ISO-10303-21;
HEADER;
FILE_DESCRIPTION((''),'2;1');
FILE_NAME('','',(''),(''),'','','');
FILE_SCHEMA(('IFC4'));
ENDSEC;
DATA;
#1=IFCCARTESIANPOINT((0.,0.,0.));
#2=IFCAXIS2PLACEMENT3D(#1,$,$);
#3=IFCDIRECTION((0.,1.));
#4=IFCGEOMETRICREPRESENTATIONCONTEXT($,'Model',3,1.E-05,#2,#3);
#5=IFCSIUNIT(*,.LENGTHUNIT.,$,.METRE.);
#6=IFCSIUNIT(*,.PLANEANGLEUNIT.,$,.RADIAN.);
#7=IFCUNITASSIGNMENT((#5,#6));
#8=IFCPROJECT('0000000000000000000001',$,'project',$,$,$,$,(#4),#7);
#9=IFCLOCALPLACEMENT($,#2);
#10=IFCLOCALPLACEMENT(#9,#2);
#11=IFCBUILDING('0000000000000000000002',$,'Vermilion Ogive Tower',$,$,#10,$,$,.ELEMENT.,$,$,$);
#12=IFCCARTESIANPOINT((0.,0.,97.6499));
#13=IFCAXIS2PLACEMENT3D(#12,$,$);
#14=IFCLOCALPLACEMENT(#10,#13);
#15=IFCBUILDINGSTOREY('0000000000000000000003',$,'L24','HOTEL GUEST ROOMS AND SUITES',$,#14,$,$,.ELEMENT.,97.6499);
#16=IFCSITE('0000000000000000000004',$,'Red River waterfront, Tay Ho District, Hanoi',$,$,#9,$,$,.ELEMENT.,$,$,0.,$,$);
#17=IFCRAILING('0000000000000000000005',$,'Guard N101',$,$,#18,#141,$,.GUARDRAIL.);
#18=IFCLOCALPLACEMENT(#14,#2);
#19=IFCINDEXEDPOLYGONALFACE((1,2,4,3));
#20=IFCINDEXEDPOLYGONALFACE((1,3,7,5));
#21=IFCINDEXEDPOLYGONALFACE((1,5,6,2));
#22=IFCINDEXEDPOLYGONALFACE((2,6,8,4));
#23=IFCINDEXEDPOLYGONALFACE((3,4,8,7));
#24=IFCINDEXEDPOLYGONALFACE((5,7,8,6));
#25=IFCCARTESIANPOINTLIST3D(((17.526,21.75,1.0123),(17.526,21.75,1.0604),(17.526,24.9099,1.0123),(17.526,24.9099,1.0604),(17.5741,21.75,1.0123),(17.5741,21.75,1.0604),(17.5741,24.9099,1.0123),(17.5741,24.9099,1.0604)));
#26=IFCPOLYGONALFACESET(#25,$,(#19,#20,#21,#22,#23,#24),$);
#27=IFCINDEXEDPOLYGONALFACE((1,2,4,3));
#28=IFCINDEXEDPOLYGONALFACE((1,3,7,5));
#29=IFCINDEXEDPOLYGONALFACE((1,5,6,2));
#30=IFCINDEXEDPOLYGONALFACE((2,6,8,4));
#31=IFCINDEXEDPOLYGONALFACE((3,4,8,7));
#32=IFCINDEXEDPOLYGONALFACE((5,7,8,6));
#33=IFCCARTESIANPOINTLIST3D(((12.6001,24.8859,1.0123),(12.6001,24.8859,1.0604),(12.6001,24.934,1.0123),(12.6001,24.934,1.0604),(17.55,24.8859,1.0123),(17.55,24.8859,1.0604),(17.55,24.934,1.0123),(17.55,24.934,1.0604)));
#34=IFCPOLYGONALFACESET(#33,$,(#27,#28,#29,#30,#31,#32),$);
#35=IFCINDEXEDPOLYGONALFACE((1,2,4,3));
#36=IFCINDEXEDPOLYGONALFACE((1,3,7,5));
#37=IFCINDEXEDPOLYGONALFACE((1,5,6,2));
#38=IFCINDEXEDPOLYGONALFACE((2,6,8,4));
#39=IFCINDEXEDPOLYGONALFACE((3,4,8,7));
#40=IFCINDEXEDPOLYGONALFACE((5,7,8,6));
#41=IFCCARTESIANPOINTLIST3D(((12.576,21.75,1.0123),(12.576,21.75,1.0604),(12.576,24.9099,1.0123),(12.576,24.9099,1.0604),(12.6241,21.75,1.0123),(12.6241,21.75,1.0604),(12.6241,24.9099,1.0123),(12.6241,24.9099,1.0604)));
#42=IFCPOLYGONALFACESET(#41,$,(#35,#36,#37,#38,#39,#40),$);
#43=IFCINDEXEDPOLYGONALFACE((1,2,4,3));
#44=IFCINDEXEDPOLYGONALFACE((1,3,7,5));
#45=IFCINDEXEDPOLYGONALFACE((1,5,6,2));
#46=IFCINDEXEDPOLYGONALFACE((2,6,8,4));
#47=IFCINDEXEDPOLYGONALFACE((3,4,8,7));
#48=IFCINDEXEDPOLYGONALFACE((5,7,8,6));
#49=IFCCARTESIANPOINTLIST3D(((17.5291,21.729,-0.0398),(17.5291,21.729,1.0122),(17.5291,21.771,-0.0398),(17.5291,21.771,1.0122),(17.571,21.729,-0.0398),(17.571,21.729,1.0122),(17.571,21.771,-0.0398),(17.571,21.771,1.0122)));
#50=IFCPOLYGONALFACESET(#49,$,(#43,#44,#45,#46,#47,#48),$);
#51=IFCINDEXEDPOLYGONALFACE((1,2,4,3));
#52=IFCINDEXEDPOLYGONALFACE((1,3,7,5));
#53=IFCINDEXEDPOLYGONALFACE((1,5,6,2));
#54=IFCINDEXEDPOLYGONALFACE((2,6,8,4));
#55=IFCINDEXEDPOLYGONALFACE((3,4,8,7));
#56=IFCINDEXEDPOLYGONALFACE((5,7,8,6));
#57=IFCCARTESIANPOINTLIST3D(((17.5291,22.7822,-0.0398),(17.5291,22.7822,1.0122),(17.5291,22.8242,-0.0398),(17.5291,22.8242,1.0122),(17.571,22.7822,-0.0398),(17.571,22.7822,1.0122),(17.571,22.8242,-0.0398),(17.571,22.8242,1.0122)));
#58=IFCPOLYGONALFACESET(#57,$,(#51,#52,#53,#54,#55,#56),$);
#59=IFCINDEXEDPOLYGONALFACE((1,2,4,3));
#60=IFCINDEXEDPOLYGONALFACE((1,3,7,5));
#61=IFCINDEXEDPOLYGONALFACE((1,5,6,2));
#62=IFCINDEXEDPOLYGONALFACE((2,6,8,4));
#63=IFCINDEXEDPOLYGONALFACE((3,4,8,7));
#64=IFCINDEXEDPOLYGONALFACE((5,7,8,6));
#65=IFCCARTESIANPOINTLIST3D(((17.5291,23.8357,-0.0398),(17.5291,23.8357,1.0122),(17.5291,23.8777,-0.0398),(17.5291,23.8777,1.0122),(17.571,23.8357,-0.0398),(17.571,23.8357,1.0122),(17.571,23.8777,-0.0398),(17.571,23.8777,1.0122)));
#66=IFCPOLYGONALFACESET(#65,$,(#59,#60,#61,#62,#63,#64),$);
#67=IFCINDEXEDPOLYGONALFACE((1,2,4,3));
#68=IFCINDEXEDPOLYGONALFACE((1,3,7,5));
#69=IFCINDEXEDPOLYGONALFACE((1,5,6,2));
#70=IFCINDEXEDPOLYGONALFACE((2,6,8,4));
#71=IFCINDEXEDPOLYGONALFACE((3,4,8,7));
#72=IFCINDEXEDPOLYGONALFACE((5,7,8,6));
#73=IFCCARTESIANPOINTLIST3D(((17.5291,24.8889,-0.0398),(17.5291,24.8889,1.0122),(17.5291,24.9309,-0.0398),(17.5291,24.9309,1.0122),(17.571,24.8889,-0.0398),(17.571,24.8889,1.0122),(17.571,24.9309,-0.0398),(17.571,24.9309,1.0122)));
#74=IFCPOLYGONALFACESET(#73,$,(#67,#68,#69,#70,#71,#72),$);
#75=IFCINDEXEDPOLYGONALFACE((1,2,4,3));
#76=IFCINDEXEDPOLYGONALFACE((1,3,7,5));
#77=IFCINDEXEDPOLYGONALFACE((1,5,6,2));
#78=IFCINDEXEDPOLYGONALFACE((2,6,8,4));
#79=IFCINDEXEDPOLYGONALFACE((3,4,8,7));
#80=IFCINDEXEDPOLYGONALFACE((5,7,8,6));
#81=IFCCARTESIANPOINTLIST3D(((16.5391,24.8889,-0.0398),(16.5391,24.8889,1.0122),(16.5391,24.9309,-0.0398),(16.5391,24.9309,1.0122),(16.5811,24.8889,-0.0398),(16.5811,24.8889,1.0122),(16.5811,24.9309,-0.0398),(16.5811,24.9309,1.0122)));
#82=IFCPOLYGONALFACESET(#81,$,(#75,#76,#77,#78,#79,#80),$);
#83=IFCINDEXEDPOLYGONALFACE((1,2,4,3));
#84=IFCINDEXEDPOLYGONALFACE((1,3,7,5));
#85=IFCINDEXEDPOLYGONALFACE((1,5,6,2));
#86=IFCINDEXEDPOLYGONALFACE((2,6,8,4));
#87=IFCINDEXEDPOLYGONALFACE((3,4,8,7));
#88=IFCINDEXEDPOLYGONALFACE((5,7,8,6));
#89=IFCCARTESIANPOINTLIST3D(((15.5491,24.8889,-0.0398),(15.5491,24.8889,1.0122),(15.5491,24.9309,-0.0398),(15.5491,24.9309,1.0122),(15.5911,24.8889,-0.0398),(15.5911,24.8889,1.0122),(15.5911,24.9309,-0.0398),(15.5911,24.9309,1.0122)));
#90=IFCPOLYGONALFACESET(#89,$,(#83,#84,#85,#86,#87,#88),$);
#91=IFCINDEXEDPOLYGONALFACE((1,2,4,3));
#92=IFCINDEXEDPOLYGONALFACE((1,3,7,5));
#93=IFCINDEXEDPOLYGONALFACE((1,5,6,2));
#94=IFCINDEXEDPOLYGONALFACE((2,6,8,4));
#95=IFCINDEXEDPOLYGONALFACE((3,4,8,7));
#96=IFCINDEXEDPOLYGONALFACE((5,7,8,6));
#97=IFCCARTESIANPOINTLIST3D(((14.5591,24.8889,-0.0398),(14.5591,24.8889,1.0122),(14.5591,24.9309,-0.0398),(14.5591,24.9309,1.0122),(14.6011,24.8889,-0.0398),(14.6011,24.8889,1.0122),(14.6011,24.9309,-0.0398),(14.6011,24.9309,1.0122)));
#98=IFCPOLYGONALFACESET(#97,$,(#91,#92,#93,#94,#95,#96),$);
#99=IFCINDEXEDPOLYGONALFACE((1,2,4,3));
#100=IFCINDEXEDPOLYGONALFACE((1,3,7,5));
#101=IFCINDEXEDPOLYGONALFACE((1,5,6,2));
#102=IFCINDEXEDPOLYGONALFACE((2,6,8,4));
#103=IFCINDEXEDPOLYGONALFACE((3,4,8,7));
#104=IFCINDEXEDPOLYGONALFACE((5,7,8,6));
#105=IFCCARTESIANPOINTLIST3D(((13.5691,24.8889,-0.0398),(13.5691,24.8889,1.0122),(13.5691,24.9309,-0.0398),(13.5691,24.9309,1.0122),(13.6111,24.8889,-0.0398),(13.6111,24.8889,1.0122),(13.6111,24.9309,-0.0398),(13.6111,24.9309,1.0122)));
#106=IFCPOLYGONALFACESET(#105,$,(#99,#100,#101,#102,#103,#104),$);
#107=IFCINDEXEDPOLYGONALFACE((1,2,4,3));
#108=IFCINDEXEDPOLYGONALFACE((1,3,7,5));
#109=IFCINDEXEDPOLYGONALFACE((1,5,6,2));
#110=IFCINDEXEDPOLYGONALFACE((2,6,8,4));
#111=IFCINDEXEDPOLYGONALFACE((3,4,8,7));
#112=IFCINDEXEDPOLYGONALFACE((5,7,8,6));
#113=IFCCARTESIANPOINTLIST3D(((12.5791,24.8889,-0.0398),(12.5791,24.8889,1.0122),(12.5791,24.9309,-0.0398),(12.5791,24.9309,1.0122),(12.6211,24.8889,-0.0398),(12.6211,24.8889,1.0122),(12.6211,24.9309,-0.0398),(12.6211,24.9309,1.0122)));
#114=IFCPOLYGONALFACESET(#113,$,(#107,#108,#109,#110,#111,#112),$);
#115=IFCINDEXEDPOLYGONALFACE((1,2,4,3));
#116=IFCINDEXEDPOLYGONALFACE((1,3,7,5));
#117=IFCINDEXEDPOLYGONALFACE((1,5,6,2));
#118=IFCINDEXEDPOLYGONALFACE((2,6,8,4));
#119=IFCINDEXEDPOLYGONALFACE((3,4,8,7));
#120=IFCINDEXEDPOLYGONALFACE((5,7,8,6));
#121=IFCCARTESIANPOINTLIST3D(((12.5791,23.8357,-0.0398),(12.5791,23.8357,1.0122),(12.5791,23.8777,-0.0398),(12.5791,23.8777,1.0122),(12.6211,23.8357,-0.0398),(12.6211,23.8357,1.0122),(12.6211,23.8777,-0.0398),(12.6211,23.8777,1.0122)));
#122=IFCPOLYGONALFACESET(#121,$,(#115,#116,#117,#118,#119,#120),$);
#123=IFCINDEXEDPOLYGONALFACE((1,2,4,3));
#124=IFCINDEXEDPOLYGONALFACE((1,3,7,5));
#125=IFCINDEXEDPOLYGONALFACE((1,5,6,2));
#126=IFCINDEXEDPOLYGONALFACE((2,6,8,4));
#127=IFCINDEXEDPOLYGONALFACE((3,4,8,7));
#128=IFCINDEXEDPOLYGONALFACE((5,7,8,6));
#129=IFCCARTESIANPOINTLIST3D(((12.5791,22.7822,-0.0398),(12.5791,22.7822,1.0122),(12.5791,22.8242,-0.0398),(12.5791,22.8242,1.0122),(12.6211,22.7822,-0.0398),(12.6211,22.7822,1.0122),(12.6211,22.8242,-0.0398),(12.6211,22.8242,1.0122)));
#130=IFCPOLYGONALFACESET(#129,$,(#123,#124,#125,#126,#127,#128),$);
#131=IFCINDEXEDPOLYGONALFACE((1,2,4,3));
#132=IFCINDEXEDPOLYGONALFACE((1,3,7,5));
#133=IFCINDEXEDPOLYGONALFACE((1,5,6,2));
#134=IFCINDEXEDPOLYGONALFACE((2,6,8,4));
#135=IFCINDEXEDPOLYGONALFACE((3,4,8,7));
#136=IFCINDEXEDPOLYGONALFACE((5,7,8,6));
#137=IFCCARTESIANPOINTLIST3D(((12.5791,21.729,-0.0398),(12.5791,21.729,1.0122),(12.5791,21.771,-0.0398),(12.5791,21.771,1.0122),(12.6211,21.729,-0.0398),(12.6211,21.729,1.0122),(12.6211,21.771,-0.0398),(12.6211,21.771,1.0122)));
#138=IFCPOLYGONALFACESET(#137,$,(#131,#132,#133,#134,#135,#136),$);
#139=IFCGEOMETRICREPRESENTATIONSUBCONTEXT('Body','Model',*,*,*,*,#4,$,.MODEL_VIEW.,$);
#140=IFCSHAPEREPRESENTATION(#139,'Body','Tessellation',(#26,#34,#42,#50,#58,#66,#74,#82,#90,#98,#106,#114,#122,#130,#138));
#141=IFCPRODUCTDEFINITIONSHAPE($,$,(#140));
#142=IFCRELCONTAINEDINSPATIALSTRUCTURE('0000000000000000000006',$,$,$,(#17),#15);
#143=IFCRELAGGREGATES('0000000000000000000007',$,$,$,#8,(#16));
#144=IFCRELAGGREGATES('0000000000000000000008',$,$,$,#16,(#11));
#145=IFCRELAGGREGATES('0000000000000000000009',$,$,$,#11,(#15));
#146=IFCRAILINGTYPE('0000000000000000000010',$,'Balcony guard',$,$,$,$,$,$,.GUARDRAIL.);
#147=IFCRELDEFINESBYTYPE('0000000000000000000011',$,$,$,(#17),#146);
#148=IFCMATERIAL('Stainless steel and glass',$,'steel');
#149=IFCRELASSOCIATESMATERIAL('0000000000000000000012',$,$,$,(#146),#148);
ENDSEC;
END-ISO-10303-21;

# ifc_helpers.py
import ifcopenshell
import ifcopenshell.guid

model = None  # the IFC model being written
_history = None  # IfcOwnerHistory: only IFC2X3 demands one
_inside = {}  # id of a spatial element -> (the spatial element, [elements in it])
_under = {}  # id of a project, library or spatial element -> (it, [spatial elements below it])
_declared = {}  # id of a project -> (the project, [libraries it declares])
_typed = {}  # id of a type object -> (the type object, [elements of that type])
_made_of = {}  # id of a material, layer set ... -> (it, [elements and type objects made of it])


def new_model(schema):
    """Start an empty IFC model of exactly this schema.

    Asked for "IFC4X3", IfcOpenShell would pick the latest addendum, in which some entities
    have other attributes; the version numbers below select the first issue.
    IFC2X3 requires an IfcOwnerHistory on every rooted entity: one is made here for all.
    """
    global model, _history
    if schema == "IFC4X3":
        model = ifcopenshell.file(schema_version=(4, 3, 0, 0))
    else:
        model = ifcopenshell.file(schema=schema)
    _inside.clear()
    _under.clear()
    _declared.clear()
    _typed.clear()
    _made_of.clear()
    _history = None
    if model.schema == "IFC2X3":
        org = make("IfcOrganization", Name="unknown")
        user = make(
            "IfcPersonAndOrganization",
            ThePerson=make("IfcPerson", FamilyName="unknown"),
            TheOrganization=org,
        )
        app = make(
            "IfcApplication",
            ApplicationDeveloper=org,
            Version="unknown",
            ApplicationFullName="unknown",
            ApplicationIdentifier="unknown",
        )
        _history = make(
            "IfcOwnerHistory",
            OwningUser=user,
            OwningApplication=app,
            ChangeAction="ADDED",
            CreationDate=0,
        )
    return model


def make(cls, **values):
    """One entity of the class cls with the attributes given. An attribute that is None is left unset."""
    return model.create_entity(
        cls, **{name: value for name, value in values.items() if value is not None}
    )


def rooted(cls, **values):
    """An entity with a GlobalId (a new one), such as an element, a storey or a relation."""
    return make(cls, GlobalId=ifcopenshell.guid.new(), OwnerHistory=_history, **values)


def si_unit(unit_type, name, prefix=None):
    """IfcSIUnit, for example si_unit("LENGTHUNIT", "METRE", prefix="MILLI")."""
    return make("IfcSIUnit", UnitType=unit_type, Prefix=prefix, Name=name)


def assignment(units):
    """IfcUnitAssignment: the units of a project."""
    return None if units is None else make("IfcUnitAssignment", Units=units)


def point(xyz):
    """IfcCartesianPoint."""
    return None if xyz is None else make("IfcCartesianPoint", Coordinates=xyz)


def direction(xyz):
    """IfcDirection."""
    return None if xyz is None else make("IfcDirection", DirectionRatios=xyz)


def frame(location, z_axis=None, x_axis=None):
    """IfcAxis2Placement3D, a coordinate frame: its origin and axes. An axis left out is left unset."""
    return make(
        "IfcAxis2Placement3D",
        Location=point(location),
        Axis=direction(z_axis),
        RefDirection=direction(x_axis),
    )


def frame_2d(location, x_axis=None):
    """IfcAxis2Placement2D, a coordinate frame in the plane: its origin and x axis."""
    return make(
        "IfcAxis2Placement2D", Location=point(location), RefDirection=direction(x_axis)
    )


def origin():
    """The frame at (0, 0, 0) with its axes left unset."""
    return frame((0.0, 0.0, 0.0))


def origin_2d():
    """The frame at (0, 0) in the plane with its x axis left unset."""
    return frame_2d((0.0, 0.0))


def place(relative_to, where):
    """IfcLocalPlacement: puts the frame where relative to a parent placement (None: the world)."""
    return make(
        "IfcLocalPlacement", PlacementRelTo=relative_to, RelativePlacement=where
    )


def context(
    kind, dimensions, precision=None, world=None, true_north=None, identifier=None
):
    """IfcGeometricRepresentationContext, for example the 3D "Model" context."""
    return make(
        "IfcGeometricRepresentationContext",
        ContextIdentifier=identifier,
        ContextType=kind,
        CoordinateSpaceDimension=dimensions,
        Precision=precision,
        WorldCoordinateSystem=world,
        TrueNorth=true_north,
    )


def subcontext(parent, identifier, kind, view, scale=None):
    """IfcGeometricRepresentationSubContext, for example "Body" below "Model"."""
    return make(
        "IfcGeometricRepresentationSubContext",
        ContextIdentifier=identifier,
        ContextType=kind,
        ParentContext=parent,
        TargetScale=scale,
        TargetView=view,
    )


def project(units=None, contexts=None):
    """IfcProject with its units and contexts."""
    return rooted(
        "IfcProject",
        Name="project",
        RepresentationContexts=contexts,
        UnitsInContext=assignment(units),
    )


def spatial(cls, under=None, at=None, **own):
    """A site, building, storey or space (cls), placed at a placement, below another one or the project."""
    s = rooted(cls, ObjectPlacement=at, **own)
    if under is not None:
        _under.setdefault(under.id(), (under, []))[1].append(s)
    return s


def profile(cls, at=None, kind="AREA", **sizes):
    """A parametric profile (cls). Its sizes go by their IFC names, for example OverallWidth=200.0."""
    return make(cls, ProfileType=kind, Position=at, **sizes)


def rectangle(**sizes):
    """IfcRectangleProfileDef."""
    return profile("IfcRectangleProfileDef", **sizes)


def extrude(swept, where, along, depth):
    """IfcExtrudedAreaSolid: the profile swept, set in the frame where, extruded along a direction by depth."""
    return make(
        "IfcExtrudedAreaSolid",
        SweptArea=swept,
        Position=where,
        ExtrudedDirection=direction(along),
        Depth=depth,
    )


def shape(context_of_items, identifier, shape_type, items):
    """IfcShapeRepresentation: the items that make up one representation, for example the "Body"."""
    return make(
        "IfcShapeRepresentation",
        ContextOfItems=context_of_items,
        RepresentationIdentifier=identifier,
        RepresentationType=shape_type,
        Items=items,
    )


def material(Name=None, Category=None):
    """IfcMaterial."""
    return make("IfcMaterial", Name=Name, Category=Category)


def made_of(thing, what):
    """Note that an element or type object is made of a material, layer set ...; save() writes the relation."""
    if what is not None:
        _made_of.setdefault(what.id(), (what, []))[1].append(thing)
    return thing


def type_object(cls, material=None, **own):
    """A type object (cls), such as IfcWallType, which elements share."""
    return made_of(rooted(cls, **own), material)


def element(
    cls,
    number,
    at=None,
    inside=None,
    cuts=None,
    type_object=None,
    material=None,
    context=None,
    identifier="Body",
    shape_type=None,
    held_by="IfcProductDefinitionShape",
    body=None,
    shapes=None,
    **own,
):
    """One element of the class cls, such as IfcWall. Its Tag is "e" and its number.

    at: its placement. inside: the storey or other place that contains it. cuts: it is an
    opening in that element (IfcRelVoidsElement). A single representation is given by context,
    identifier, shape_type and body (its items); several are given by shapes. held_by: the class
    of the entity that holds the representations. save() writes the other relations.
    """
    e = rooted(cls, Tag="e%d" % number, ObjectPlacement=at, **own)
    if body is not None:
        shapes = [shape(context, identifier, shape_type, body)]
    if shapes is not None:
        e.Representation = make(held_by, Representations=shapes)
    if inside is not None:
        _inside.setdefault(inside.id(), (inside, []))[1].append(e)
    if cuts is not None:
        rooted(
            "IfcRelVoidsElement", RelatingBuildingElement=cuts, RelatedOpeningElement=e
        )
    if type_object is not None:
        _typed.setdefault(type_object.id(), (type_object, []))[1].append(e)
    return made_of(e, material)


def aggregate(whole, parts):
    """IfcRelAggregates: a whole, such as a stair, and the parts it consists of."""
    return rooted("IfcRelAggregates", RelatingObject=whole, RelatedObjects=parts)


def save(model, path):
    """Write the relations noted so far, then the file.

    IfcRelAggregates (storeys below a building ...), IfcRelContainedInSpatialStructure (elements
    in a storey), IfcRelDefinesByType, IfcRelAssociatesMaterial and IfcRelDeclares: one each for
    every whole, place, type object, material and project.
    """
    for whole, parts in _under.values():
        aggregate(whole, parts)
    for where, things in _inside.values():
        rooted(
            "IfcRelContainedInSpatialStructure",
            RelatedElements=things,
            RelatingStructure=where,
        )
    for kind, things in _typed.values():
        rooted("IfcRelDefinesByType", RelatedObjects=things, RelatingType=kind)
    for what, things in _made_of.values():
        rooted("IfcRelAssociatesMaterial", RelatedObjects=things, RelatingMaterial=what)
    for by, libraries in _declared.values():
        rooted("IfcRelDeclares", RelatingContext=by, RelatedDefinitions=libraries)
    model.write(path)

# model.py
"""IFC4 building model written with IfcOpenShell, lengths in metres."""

from ifc_helpers import new_model, si_unit, direction, frame, origin, origin_2d, place, context, subcontext, project, spatial, rectangle, extrude, material, type_object, element, save


model = new_model("IFC4")

# Units and contexts
model_context = context("Model", 3, precision=1e-05, world=origin(), true_north=direction((0.0, 1.0)))
body_context = subcontext(model_context, "Body", "Model", "MODEL_VIEW")
ifc_project = project(units=[si_unit("LENGTHUNIT", "METRE"), si_unit("PLANEANGLEUNIT", "RADIAN")], contexts=[model_context])

# Site, building, storey
site_placement = place(None, origin())
site = spatial("IfcSite", under=ifc_project, at=site_placement, Name="Red River waterfront, Tay Ho District, Hanoi", CompositionType="ELEMENT", RefElevation=0.0)
building_placement = place(site_placement, origin())
building = spatial("IfcBuilding", under=site, at=building_placement, Name="Vermilion Ogive Tower", CompositionType="ELEMENT")
storey_placement = place(building_placement, frame((0.0, 0.0, 97.6499)))
storey = spatial("IfcBuildingStorey", under=building, at=storey_placement, Name="L24", Description="HOTEL GUEST ROOMS AND SUITES", CompositionType="ELEMENT", Elevation=97.6499)

# Railing
ifc_material_1 = material(Name="Stainless steel and glass", Category="steel")
railing_type_1 = type_object("IfcRailingType", Name="Balcony guard", PredefinedType="GUARDRAIL", material=ifc_material_1)
railing_1_placement = place(storey_placement, frame((17.55, 21.75, -0.0398)))
element("IfcRailing", 1, at=railing_1_placement, inside=storey, type_object=railing_type_1, Name="Guard N101", PredefinedType="GUARDRAIL", context=body_context, shape_type="SweptSolid", body=[
    extrude(rectangle(XDim=0.0481, YDim=0.0481, at=origin_2d()), frame((0.0, 0.0, 1.0762), z_axis=(0.0, 1.0, 0.0), x_axis=(-1.0, 0.0, 0.0)), (0.0, 0.0, 1.0), 3.1599),
    extrude(rectangle(XDim=0.0481, YDim=0.0481, at=origin_2d()), frame((0.0, 3.1599, 1.0762), z_axis=(-1.0, 0.0, 0.0), x_axis=(0.0, -1.0, 0.0)), (0.0, 0.0, 1.0), 4.95),
    extrude(rectangle(XDim=0.0481, YDim=0.0481, at=origin_2d()), frame((-4.95, 3.1599, 1.0762), z_axis=(0.0, -1.0, 0.0), x_axis=(1.0, 0.0, 0.0)), (0.0, 0.0, 1.0), 3.1599),
    extrude(rectangle(XDim=0.042, YDim=0.042, at=origin_2d()), origin(), (0.0, 0.0, 1.0), 1.052),
    extrude(rectangle(XDim=0.042, YDim=0.042, at=origin_2d()), frame((0.0, 1.0532, 0.0)), (0.0, 0.0, 1.0), 1.052),
    extrude(rectangle(XDim=0.042, YDim=0.042, at=origin_2d()), frame((0.0, 2.1067, 0.0)), (0.0, 0.0, 1.0), 1.052),
    extrude(rectangle(XDim=0.042, YDim=0.042, at=origin_2d()), frame((0.0, 3.1599, 0.0)), (0.0, 0.0, 1.0), 1.052),
    extrude(rectangle(XDim=0.042, YDim=0.042, at=origin_2d()), frame((-0.99, 3.1599, 0.0)), (0.0, 0.0, 1.0), 1.052),
    extrude(rectangle(XDim=0.042, YDim=0.042, at=origin_2d()), frame((-1.98, 3.1599, 0.0)), (0.0, 0.0, 1.0), 1.052),
    extrude(rectangle(XDim=0.042, YDim=0.042, at=origin_2d()), frame((-2.97, 3.1599, 0.0)), (0.0, 0.0, 1.0), 1.052),
    extrude(rectangle(XDim=0.042, YDim=0.042, at=origin_2d()), frame((-3.96, 3.1599, 0.0)), (0.0, 0.0, 1.0), 1.052),
    extrude(rectangle(XDim=0.042, YDim=0.042, at=origin_2d()), frame((-4.95, 3.1599, 0.0)), (0.0, 0.0, 1.0), 1.052),
    extrude(rectangle(XDim=0.042, YDim=0.042, at=origin_2d()), frame((-4.95, 2.1067, 0.0)), (0.0, 0.0, 1.0), 1.052),
    extrude(rectangle(XDim=0.042, YDim=0.042, at=origin_2d()), frame((-4.95, 1.0532, 0.0)), (0.0, 0.0, 1.0), 1.052),
    extrude(rectangle(XDim=0.042, YDim=0.042, at=origin_2d()), frame((-4.95, 0.0, 0.0)), (0.0, 0.0, 1.0), 1.052),
])

save(model, "model.ifc")
